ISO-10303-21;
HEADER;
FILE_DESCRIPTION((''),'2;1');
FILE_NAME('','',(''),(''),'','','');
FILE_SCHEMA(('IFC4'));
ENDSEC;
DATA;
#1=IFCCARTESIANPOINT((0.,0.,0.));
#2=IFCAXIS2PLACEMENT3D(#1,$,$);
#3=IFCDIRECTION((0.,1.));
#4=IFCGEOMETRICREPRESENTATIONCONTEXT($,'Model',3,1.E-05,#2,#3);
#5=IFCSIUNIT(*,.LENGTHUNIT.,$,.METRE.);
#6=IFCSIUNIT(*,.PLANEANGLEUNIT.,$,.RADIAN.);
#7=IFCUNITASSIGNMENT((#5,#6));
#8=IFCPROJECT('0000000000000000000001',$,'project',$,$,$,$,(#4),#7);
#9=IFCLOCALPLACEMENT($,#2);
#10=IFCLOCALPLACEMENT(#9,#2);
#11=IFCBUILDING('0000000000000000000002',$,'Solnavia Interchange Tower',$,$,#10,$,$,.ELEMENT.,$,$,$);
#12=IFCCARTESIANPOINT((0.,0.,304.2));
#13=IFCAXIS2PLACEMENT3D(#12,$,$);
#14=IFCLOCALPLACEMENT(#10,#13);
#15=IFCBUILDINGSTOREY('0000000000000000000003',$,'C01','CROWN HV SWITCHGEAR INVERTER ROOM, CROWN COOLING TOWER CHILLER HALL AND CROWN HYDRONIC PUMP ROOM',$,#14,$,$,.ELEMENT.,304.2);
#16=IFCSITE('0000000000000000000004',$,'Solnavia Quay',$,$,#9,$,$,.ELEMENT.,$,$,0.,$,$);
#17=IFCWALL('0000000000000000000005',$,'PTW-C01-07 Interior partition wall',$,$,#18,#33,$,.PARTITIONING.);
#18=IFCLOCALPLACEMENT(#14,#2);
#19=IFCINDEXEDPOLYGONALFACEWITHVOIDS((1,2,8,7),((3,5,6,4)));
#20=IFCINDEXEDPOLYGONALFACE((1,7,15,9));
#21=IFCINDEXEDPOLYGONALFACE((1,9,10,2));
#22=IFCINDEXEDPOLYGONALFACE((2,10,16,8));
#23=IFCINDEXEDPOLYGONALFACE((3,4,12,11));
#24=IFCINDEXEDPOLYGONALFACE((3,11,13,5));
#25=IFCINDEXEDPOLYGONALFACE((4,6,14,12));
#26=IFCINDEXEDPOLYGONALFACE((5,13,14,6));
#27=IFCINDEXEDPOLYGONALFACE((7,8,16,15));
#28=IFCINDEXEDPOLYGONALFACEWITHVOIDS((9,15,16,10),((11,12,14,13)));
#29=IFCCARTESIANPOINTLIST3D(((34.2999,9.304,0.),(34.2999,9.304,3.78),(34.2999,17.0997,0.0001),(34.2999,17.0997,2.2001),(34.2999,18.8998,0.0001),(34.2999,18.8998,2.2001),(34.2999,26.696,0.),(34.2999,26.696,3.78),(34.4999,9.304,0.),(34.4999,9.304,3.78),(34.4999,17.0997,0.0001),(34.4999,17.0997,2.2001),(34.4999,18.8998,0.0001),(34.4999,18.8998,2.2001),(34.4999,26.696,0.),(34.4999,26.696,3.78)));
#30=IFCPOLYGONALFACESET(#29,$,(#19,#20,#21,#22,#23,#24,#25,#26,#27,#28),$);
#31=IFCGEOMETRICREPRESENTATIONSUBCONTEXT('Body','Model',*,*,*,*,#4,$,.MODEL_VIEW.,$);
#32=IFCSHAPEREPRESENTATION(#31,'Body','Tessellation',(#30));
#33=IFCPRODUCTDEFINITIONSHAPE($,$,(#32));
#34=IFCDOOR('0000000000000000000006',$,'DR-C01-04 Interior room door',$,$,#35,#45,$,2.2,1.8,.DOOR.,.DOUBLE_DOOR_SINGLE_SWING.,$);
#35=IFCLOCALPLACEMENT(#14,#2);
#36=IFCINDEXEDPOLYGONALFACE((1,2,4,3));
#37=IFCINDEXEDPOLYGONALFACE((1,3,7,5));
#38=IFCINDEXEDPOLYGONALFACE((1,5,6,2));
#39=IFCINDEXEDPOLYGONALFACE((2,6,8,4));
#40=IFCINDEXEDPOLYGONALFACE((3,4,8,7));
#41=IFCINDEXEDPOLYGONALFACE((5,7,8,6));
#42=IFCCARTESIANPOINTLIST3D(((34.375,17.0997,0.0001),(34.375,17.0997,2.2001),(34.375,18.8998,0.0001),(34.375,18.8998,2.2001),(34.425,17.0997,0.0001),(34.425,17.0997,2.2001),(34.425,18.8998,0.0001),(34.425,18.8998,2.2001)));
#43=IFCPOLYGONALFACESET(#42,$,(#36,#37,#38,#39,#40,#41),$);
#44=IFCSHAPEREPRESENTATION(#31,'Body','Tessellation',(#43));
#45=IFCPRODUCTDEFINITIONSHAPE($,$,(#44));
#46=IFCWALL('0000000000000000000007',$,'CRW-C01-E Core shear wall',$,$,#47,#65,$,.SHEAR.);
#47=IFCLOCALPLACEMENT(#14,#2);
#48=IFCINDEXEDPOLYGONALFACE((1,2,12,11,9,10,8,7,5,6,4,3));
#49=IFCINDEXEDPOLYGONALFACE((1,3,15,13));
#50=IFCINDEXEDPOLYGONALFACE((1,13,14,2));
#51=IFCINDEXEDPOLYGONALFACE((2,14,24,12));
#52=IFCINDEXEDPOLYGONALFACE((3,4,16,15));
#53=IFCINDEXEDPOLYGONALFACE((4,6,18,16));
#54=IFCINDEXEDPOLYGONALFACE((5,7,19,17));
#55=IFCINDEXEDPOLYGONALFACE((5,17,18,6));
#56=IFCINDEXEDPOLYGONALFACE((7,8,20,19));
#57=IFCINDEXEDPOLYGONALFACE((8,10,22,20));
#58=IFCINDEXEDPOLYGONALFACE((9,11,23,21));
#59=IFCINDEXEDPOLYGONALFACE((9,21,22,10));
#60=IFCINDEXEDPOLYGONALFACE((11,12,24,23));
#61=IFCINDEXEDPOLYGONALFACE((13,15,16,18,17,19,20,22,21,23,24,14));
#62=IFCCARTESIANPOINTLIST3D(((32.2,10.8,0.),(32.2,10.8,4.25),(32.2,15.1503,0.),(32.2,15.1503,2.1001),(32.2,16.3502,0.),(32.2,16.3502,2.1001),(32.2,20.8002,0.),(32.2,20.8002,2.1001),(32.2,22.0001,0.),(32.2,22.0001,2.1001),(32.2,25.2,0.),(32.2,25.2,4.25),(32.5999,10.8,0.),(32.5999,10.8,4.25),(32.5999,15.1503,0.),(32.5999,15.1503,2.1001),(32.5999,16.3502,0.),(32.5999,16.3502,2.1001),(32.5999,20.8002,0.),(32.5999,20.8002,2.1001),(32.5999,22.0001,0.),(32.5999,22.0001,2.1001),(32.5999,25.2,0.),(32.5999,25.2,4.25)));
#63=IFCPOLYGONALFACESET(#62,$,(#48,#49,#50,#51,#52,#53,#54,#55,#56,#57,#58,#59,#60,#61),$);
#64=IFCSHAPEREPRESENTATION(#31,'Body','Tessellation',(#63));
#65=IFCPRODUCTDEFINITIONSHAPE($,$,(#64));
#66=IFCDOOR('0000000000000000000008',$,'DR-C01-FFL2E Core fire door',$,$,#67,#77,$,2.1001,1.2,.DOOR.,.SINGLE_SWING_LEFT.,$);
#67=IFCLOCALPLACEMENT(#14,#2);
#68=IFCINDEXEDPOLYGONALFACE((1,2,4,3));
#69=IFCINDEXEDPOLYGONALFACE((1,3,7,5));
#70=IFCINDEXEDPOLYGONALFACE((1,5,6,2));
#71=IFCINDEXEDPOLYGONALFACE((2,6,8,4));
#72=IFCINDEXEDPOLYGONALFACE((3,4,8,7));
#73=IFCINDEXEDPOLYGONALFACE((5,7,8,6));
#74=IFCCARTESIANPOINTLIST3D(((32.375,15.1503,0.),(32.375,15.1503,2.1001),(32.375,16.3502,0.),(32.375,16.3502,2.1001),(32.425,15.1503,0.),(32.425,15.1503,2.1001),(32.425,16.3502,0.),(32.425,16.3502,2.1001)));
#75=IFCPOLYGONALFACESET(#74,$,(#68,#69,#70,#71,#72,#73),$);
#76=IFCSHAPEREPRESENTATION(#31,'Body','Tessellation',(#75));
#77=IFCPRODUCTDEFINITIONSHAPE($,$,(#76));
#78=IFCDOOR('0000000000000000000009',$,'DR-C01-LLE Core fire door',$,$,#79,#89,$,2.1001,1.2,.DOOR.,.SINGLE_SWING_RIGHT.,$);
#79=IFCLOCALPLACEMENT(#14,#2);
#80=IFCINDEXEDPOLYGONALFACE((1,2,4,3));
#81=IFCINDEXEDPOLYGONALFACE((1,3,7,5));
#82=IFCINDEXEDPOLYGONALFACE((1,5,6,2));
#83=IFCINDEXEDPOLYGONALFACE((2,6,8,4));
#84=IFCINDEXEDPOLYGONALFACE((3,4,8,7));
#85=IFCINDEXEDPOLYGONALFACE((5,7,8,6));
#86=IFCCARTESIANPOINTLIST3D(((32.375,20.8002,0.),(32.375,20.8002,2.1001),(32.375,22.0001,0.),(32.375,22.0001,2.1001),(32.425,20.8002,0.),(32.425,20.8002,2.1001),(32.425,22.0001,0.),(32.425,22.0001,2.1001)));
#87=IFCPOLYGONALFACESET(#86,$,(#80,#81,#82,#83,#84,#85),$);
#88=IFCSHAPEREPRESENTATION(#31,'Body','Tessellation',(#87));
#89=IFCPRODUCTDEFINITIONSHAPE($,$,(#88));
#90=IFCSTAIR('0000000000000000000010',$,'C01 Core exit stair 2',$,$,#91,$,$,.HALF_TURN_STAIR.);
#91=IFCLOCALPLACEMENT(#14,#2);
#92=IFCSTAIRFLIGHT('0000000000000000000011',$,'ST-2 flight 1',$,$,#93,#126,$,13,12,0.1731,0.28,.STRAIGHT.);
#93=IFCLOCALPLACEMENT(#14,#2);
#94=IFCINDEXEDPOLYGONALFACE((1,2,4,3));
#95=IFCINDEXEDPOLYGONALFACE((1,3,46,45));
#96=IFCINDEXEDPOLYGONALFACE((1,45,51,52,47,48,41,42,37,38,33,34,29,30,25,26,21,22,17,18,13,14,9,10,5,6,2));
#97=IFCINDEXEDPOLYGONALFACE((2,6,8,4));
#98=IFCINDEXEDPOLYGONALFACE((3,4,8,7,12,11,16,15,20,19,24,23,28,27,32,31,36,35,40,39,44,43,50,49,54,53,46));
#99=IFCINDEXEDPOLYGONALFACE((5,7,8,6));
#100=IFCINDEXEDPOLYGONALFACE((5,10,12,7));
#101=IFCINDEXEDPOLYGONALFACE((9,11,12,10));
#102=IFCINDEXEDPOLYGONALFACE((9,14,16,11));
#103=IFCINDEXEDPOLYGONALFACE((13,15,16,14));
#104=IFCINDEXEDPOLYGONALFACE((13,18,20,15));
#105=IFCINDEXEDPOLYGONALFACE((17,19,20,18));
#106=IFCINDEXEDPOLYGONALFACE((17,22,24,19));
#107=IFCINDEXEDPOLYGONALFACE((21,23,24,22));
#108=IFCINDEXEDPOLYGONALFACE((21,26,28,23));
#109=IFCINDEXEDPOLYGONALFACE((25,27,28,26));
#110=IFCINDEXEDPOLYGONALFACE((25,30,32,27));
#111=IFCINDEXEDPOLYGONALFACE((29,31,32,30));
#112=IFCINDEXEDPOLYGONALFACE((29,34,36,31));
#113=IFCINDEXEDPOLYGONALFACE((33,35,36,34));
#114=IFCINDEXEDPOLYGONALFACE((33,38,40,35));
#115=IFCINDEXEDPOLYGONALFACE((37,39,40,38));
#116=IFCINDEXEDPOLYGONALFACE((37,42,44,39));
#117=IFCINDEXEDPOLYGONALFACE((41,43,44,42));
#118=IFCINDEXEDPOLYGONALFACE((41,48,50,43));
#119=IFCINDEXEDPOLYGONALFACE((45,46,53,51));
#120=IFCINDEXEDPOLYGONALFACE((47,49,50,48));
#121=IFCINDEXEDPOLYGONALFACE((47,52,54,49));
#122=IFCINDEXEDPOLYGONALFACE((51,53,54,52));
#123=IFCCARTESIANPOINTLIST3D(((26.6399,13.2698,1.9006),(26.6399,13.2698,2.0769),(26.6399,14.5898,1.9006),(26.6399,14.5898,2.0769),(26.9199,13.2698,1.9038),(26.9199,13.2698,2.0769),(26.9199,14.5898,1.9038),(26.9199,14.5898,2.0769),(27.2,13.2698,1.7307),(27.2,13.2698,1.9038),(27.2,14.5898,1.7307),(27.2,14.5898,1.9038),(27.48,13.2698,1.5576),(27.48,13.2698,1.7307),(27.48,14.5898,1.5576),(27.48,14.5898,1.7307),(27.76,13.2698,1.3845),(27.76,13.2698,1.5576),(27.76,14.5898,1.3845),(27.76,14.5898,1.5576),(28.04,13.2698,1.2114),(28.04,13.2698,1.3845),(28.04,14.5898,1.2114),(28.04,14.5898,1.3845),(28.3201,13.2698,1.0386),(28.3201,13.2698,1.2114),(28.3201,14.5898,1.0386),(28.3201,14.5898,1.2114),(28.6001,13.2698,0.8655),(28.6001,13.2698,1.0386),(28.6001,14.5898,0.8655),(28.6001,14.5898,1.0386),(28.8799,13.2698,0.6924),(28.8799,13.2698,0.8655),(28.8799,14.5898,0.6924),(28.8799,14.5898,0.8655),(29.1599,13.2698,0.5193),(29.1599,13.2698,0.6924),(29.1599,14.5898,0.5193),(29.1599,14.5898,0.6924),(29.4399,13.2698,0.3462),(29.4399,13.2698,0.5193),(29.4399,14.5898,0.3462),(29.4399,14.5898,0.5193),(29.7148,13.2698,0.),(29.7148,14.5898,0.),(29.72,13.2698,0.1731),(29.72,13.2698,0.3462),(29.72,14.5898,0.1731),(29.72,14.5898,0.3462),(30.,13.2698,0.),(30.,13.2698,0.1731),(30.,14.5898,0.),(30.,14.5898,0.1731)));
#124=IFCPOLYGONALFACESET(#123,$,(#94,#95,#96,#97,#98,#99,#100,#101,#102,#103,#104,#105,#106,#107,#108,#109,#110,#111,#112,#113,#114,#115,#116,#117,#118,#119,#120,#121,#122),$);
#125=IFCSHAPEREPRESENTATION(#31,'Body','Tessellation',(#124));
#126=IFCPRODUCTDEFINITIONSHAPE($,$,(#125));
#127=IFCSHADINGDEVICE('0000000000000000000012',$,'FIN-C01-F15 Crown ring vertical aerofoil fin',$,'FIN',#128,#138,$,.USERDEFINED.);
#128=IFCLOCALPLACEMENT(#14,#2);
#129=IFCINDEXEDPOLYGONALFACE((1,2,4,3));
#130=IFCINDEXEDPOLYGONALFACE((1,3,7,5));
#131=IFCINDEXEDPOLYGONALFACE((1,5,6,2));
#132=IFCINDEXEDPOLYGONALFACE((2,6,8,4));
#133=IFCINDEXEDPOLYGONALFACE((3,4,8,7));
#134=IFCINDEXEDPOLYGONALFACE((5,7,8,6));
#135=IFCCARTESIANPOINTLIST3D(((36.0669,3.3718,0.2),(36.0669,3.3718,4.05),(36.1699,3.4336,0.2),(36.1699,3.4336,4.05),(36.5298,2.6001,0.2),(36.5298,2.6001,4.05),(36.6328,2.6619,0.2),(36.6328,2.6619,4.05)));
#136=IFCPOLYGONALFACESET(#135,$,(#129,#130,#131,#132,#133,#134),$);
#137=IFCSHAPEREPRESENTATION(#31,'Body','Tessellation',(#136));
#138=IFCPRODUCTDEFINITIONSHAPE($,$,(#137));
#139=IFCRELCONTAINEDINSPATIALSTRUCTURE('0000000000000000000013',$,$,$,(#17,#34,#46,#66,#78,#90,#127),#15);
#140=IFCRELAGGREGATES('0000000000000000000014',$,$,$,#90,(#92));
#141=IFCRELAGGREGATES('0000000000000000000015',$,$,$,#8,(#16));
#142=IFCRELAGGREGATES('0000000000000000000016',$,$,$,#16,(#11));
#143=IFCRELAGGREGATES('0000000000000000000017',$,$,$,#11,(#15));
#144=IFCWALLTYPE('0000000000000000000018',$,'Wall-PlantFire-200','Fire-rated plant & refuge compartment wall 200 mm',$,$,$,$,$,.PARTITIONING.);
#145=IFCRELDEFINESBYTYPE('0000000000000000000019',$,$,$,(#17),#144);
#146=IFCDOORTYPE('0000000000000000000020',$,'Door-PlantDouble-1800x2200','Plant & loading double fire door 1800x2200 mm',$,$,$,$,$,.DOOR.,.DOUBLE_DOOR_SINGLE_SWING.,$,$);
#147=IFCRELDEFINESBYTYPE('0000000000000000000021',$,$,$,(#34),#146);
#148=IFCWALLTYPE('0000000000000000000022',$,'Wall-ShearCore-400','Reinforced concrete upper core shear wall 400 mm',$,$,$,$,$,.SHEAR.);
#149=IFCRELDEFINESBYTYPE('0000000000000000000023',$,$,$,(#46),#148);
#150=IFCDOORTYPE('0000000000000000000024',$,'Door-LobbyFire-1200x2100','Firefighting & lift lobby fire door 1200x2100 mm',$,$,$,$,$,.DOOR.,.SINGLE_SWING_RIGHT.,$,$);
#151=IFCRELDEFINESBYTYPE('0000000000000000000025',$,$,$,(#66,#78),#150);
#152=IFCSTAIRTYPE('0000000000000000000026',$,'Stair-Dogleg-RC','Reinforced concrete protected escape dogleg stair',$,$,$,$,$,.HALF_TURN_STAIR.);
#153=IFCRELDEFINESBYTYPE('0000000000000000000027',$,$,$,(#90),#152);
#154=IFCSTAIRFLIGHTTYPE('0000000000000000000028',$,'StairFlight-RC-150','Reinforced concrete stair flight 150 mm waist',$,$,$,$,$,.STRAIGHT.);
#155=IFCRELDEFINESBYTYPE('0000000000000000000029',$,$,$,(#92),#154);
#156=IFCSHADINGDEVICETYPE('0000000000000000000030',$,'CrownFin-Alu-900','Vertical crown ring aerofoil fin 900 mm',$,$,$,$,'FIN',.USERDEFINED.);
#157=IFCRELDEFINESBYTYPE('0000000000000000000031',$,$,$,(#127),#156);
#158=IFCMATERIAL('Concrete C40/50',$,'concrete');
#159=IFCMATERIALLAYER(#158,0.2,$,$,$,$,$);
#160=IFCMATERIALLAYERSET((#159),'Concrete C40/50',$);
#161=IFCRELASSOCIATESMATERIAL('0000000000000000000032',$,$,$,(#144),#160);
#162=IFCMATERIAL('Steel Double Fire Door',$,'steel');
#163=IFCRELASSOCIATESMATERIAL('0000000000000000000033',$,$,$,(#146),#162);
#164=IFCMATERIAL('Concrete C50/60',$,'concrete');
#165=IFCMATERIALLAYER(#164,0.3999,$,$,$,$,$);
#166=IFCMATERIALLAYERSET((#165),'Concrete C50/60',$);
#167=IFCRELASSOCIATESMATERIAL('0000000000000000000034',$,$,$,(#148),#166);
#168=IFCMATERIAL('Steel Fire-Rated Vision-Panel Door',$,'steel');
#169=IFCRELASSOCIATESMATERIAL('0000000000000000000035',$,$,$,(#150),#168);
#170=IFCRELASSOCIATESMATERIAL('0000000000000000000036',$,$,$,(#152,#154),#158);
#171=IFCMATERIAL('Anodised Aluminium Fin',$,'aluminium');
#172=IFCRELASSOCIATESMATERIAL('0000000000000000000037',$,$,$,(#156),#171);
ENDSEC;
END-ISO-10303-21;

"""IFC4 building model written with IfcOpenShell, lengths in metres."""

from ifc_helpers import new_model, si_unit, direction, frame, frame_2d, origin, origin_2d, place, context, subcontext, project, spatial, polyline, rectangle, outline, extrude, material, layer, layer_set, type_object, element, fill, aggregate, save


model = new_model("IFC4")

# Units and contexts
model_context = context("Model", 3, precision=1e-05, world=origin(), true_north=direction((0.0, 1.0)))
body_context = subcontext(model_context, "Body", "Model", "MODEL_VIEW")
ifc_project = project(units=[si_unit("LENGTHUNIT", "METRE"), si_unit("PLANEANGLEUNIT", "RADIAN")], contexts=[model_context])

# Site, building, storey
site_placement = place(None, origin())
site = spatial("IfcSite", under=ifc_project, at=site_placement, Name="Solnavia Quay", CompositionType="ELEMENT", RefElevation=0.0)
building_placement = place(site_placement, origin())
building = spatial("IfcBuilding", under=site, at=building_placement, Name="Solnavia Interchange Tower", CompositionType="ELEMENT")
storey_placement = place(building_placement, frame((0.0, 0.0, 304.2)))
storey = spatial("IfcBuildingStorey", under=building, at=storey_placement, Name="C01", Description="CROWN HV SWITCHGEAR INVERTER ROOM, CROWN COOLING TOWER CHILLER HALL AND CROWN HYDRONIC PUMP ROOM", CompositionType="ELEMENT", Elevation=304.2)

# Shared definitions
ifc_material_1 = material(Name="Concrete C40/50", Category="concrete")

# Wall, opening, door
ifc_layer_1 = layer(ifc_material_1, 0.2)
ifc_layer_set_1 = layer_set([ifc_layer_1], Name="Concrete C40/50")
wall_type_1 = type_object("IfcWallType", Name="Wall-PlantFire-200", Description="Fire-rated plant & refuge compartment wall 200 mm", PredefinedType="PARTITIONING", material=ifc_layer_set_1)
wall_1_placement = place(storey_placement, frame((34.3999, 9.304, 0.0), z_axis=(0.0, 0.0, 1.0), x_axis=(0.0, 1.0, 0.0)))
wall_1 = element("IfcWall", 1, at=wall_1_placement, inside=storey, type_object=wall_type_1, Name="PTW-C01-07 Interior partition wall", PredefinedType="PARTITIONING", context=body_context, shape_type="SweptSolid", body=[
    extrude(rectangle(XDim=17.3921, YDim=0.2, at=frame_2d((8.696, 0.0))), origin(), (0.0, 0.0, 1.0), 3.78),
])
opening_1_placement = place(wall_1_placement, frame((7.7959, 0.0, 0.0)))
opening_1 = element("IfcOpeningElement", 2, at=opening_1_placement, cuts=wall_1, PredefinedType="OPENING", context=body_context, shape_type="SweptSolid", body=[
    extrude(rectangle(XDim=1.8, YDim=2.2, at=frame_2d((0.8999, 1.1001))), frame((0.0, 0.1099, 0.0), z_axis=(0.0, -1.0, 0.0), x_axis=(1.0, 0.0, 0.0)), (0.0, 0.0, 1.0), 0.22),
])
ifc_material_2 = material(Name="Steel Double Fire Door", Category="steel")
door_type_1 = type_object("IfcDoorType", Name="Door-PlantDouble-1800x2200", Description="Plant & loading double fire door 1800x2200 mm", OperationType="DOUBLE_DOOR_SINGLE_SWING", PredefinedType="DOOR", material=ifc_material_2)
door_1_placement = place(opening_1_placement, origin())
door_1 = element("IfcDoor", 3, at=door_1_placement, inside=storey, type_object=door_type_1, Name="DR-C01-04 Interior room door", OperationType="DOUBLE_DOOR_SINGLE_SWING", OverallHeight=2.2, OverallWidth=1.8, PredefinedType="DOOR", context=body_context, shape_type="SweptSolid", body=[
    extrude(rectangle(XDim=1.8, YDim=2.2, at=frame_2d((0.8999, 1.1001))), frame((0.0, 0.0249, 0.0), z_axis=(0.0, -1.0, 0.0), x_axis=(1.0, 0.0, 0.0)), (0.0, 0.0, 1.0), 0.05),
])
fill(opening_1, door_1)

# Wall, openings, doors
ifc_material_3 = material(Name="Concrete C50/60", Category="concrete")
ifc_layer_2 = layer(ifc_material_3, 0.3999)
ifc_layer_set_2 = layer_set([ifc_layer_2], Name="Concrete C50/60")
wall_type_2 = type_object("IfcWallType", Name="Wall-ShearCore-400", Description="Reinforced concrete upper core shear wall 400 mm", PredefinedType="SHEAR", material=ifc_layer_set_2)
wall_2_placement = place(storey_placement, frame((32.3999, 10.8, 0.0), z_axis=(0.0, 0.0, 1.0), x_axis=(0.0, 1.0, 0.0)))
wall_2 = element("IfcWall", 4, at=wall_2_placement, inside=storey, type_object=wall_type_2, Name="CRW-C01-E Core shear wall", PredefinedType="SHEAR", context=body_context, shape_type="SweptSolid", body=[
    extrude(rectangle(XDim=14.3999, YDim=0.3999, at=frame_2d((7.2, 0.0))), origin(), (0.0, 0.0, 1.0), 4.25),
])
opening_2_placement = place(wall_2_placement, frame((4.3501, 0.0, 0.0)))
opening_2 = element("IfcOpeningElement", 5, at=opening_2_placement, cuts=wall_2, PredefinedType="OPENING", context=body_context, shape_type="SweptSolid", body=[
    extrude(rectangle(XDim=1.2, YDim=2.1001, at=frame_2d((0.6001, 1.05))), frame((0.0, 0.21, 0.0), z_axis=(0.0, -1.0, 0.0), x_axis=(1.0, 0.0, 0.0)), (0.0, 0.0, 1.0), 0.4199),
])
opening_3_placement = place(wall_2_placement, frame((10.0, 0.0, 0.0)))
opening_3 = element("IfcOpeningElement", 6, at=opening_3_placement, cuts=wall_2, PredefinedType="OPENING", context=body_context, shape_type="SweptSolid", body=[
    extrude(rectangle(XDim=1.2, YDim=2.1001, at=frame_2d((0.6001, 1.05))), frame((0.0, 0.21, 0.0), z_axis=(0.0, -1.0, 0.0), x_axis=(1.0, 0.0, 0.0)), (0.0, 0.0, 1.0), 0.4199),
])
ifc_material_4 = material(Name="Steel Fire-Rated Vision-Panel Door", Category="steel")
door_type_2 = type_object("IfcDoorType", Name="Door-LobbyFire-1200x2100", Description="Firefighting & lift lobby fire door 1200x2100 mm", OperationType="SINGLE_SWING_RIGHT", PredefinedType="DOOR", material=ifc_material_4)
door_2_placement = place(opening_2_placement, origin())
door_2 = element("IfcDoor", 7, at=door_2_placement, inside=storey, type_object=door_type_2, Name="DR-C01-FFL2E Core fire door", OperationType="SINGLE_SWING_LEFT", OverallHeight=2.1001, OverallWidth=1.2, PredefinedType="DOOR", context=body_context, shape_type="SweptSolid", body=[
    extrude(rectangle(XDim=1.2, YDim=2.1001, at=frame_2d((0.6001, 1.05))), frame((0.0, 0.0249, 0.0), z_axis=(0.0, -1.0, 0.0), x_axis=(1.0, 0.0, 0.0)), (0.0, 0.0, 1.0), 0.05),
])
fill(opening_2, door_2)
door_3_placement = place(opening_3_placement, origin())
door_3 = element("IfcDoor", 8, at=door_3_placement, inside=storey, type_object=door_type_2, Name="DR-C01-LLE Core fire door", OperationType="SINGLE_SWING_RIGHT", OverallHeight=2.1001, OverallWidth=1.2, PredefinedType="DOOR", context=body_context, shape_type="SweptSolid", body=[
    extrude(rectangle(XDim=1.2, YDim=2.1001, at=frame_2d((0.6001, 1.05))), frame((0.0, 0.0249, 0.0), z_axis=(0.0, -1.0, 0.0), x_axis=(1.0, 0.0, 0.0)), (0.0, 0.0, 1.0), 0.05),
])
fill(opening_3, door_3)

# Stair, stair flight
stair_type = type_object("IfcStairType", Name="Stair-Dogleg-RC", Description="Reinforced concrete protected escape dogleg stair", PredefinedType="HALF_TURN_STAIR", material=ifc_material_1)
stair_placement = place(storey_placement, origin())
stair = element("IfcStair", 9, at=stair_placement, inside=storey, type_object=stair_type, Name="C01 Core exit stair 2", PredefinedType="HALF_TURN_STAIR")
stair_flight_type = type_object("IfcStairFlightType", Name="StairFlight-RC-150", Description="Reinforced concrete stair flight 150 mm waist", PredefinedType="STRAIGHT", material=ifc_material_1)
stair_flight_placement = place(storey_placement, frame((30.0, 13.9299, 0.0), z_axis=(0.0, 0.0, 1.0), x_axis=(-1.0, 0.0, 0.0)))
stair_flight = element("IfcStairFlight", 10, at=stair_flight_placement, type_object=stair_flight_type, Name="ST-2 flight 1", NumberOfRisers=13, NumberOfTreads=12, PredefinedType="STRAIGHT", RiserHeight=0.1731, TreadLength=0.28, context=body_context, shape_type="SweptSolid", body=[
    extrude(outline(polyline([(0.0, 0.0), (0.0, 0.1731), (0.28, 0.1731), (0.28, 0.3462), (0.5601, 0.3462), (0.5601, 0.5193), (0.8401, 0.5193), (0.8401, 0.6924), (1.1201, 0.6924), (1.1201, 0.8655), (1.3999, 0.8655), (1.3999, 1.0386), (1.6799, 1.0386), (1.6799, 1.2114), (1.96, 1.2114), (1.96, 1.3845), (2.24, 1.3845), (2.24, 1.5576), (2.52, 1.5576), (2.52, 1.7307), (2.8, 1.7307), (2.8, 1.9038), (3.0801, 1.9038), (3.0801, 2.0769), (3.3601, 2.0769), (3.3601, 2.25), (3.3601, 1.9006), (0.2852, 0.0), (0.0, 0.0)])), frame((0.0, 0.6602, 0.0), z_axis=(0.0, -1.0, 0.0), x_axis=(1.0, 0.0, 0.0)), (0.0, 0.0, 1.0), 1.3201),
])
aggregate(stair, [stair_flight])

# Shading device
ifc_material_5 = material(Name="Anodised Aluminium Fin", Category="aluminium")
shading_device_type = type_object("IfcShadingDeviceType", Name="CrownFin-Alu-900", Description="Vertical crown ring aerofoil fin 900 mm", ElementType="FIN", PredefinedType="USERDEFINED", material=ifc_material_5)
shading_device_placement = place(storey_placement, frame((36.3499, 3.0168, 0.2), z_axis=(0.0, 0.0, 1.0), x_axis=(0.51444, -0.857527, 0.0)))
element("IfcShadingDevice", 11, at=shading_device_placement, inside=storey, type_object=shading_device_type, Name="FIN-C01-F15 Crown ring vertical aerofoil fin", ObjectType="FIN", PredefinedType="USERDEFINED", context=body_context, shape_type="SweptSolid", body=[
    extrude(rectangle(XDim=0.8999, YDim=0.1201, at=origin_2d()), origin(), (0.0, 0.0, 1.0), 3.8501),
])

save(model, "model.ifc")
